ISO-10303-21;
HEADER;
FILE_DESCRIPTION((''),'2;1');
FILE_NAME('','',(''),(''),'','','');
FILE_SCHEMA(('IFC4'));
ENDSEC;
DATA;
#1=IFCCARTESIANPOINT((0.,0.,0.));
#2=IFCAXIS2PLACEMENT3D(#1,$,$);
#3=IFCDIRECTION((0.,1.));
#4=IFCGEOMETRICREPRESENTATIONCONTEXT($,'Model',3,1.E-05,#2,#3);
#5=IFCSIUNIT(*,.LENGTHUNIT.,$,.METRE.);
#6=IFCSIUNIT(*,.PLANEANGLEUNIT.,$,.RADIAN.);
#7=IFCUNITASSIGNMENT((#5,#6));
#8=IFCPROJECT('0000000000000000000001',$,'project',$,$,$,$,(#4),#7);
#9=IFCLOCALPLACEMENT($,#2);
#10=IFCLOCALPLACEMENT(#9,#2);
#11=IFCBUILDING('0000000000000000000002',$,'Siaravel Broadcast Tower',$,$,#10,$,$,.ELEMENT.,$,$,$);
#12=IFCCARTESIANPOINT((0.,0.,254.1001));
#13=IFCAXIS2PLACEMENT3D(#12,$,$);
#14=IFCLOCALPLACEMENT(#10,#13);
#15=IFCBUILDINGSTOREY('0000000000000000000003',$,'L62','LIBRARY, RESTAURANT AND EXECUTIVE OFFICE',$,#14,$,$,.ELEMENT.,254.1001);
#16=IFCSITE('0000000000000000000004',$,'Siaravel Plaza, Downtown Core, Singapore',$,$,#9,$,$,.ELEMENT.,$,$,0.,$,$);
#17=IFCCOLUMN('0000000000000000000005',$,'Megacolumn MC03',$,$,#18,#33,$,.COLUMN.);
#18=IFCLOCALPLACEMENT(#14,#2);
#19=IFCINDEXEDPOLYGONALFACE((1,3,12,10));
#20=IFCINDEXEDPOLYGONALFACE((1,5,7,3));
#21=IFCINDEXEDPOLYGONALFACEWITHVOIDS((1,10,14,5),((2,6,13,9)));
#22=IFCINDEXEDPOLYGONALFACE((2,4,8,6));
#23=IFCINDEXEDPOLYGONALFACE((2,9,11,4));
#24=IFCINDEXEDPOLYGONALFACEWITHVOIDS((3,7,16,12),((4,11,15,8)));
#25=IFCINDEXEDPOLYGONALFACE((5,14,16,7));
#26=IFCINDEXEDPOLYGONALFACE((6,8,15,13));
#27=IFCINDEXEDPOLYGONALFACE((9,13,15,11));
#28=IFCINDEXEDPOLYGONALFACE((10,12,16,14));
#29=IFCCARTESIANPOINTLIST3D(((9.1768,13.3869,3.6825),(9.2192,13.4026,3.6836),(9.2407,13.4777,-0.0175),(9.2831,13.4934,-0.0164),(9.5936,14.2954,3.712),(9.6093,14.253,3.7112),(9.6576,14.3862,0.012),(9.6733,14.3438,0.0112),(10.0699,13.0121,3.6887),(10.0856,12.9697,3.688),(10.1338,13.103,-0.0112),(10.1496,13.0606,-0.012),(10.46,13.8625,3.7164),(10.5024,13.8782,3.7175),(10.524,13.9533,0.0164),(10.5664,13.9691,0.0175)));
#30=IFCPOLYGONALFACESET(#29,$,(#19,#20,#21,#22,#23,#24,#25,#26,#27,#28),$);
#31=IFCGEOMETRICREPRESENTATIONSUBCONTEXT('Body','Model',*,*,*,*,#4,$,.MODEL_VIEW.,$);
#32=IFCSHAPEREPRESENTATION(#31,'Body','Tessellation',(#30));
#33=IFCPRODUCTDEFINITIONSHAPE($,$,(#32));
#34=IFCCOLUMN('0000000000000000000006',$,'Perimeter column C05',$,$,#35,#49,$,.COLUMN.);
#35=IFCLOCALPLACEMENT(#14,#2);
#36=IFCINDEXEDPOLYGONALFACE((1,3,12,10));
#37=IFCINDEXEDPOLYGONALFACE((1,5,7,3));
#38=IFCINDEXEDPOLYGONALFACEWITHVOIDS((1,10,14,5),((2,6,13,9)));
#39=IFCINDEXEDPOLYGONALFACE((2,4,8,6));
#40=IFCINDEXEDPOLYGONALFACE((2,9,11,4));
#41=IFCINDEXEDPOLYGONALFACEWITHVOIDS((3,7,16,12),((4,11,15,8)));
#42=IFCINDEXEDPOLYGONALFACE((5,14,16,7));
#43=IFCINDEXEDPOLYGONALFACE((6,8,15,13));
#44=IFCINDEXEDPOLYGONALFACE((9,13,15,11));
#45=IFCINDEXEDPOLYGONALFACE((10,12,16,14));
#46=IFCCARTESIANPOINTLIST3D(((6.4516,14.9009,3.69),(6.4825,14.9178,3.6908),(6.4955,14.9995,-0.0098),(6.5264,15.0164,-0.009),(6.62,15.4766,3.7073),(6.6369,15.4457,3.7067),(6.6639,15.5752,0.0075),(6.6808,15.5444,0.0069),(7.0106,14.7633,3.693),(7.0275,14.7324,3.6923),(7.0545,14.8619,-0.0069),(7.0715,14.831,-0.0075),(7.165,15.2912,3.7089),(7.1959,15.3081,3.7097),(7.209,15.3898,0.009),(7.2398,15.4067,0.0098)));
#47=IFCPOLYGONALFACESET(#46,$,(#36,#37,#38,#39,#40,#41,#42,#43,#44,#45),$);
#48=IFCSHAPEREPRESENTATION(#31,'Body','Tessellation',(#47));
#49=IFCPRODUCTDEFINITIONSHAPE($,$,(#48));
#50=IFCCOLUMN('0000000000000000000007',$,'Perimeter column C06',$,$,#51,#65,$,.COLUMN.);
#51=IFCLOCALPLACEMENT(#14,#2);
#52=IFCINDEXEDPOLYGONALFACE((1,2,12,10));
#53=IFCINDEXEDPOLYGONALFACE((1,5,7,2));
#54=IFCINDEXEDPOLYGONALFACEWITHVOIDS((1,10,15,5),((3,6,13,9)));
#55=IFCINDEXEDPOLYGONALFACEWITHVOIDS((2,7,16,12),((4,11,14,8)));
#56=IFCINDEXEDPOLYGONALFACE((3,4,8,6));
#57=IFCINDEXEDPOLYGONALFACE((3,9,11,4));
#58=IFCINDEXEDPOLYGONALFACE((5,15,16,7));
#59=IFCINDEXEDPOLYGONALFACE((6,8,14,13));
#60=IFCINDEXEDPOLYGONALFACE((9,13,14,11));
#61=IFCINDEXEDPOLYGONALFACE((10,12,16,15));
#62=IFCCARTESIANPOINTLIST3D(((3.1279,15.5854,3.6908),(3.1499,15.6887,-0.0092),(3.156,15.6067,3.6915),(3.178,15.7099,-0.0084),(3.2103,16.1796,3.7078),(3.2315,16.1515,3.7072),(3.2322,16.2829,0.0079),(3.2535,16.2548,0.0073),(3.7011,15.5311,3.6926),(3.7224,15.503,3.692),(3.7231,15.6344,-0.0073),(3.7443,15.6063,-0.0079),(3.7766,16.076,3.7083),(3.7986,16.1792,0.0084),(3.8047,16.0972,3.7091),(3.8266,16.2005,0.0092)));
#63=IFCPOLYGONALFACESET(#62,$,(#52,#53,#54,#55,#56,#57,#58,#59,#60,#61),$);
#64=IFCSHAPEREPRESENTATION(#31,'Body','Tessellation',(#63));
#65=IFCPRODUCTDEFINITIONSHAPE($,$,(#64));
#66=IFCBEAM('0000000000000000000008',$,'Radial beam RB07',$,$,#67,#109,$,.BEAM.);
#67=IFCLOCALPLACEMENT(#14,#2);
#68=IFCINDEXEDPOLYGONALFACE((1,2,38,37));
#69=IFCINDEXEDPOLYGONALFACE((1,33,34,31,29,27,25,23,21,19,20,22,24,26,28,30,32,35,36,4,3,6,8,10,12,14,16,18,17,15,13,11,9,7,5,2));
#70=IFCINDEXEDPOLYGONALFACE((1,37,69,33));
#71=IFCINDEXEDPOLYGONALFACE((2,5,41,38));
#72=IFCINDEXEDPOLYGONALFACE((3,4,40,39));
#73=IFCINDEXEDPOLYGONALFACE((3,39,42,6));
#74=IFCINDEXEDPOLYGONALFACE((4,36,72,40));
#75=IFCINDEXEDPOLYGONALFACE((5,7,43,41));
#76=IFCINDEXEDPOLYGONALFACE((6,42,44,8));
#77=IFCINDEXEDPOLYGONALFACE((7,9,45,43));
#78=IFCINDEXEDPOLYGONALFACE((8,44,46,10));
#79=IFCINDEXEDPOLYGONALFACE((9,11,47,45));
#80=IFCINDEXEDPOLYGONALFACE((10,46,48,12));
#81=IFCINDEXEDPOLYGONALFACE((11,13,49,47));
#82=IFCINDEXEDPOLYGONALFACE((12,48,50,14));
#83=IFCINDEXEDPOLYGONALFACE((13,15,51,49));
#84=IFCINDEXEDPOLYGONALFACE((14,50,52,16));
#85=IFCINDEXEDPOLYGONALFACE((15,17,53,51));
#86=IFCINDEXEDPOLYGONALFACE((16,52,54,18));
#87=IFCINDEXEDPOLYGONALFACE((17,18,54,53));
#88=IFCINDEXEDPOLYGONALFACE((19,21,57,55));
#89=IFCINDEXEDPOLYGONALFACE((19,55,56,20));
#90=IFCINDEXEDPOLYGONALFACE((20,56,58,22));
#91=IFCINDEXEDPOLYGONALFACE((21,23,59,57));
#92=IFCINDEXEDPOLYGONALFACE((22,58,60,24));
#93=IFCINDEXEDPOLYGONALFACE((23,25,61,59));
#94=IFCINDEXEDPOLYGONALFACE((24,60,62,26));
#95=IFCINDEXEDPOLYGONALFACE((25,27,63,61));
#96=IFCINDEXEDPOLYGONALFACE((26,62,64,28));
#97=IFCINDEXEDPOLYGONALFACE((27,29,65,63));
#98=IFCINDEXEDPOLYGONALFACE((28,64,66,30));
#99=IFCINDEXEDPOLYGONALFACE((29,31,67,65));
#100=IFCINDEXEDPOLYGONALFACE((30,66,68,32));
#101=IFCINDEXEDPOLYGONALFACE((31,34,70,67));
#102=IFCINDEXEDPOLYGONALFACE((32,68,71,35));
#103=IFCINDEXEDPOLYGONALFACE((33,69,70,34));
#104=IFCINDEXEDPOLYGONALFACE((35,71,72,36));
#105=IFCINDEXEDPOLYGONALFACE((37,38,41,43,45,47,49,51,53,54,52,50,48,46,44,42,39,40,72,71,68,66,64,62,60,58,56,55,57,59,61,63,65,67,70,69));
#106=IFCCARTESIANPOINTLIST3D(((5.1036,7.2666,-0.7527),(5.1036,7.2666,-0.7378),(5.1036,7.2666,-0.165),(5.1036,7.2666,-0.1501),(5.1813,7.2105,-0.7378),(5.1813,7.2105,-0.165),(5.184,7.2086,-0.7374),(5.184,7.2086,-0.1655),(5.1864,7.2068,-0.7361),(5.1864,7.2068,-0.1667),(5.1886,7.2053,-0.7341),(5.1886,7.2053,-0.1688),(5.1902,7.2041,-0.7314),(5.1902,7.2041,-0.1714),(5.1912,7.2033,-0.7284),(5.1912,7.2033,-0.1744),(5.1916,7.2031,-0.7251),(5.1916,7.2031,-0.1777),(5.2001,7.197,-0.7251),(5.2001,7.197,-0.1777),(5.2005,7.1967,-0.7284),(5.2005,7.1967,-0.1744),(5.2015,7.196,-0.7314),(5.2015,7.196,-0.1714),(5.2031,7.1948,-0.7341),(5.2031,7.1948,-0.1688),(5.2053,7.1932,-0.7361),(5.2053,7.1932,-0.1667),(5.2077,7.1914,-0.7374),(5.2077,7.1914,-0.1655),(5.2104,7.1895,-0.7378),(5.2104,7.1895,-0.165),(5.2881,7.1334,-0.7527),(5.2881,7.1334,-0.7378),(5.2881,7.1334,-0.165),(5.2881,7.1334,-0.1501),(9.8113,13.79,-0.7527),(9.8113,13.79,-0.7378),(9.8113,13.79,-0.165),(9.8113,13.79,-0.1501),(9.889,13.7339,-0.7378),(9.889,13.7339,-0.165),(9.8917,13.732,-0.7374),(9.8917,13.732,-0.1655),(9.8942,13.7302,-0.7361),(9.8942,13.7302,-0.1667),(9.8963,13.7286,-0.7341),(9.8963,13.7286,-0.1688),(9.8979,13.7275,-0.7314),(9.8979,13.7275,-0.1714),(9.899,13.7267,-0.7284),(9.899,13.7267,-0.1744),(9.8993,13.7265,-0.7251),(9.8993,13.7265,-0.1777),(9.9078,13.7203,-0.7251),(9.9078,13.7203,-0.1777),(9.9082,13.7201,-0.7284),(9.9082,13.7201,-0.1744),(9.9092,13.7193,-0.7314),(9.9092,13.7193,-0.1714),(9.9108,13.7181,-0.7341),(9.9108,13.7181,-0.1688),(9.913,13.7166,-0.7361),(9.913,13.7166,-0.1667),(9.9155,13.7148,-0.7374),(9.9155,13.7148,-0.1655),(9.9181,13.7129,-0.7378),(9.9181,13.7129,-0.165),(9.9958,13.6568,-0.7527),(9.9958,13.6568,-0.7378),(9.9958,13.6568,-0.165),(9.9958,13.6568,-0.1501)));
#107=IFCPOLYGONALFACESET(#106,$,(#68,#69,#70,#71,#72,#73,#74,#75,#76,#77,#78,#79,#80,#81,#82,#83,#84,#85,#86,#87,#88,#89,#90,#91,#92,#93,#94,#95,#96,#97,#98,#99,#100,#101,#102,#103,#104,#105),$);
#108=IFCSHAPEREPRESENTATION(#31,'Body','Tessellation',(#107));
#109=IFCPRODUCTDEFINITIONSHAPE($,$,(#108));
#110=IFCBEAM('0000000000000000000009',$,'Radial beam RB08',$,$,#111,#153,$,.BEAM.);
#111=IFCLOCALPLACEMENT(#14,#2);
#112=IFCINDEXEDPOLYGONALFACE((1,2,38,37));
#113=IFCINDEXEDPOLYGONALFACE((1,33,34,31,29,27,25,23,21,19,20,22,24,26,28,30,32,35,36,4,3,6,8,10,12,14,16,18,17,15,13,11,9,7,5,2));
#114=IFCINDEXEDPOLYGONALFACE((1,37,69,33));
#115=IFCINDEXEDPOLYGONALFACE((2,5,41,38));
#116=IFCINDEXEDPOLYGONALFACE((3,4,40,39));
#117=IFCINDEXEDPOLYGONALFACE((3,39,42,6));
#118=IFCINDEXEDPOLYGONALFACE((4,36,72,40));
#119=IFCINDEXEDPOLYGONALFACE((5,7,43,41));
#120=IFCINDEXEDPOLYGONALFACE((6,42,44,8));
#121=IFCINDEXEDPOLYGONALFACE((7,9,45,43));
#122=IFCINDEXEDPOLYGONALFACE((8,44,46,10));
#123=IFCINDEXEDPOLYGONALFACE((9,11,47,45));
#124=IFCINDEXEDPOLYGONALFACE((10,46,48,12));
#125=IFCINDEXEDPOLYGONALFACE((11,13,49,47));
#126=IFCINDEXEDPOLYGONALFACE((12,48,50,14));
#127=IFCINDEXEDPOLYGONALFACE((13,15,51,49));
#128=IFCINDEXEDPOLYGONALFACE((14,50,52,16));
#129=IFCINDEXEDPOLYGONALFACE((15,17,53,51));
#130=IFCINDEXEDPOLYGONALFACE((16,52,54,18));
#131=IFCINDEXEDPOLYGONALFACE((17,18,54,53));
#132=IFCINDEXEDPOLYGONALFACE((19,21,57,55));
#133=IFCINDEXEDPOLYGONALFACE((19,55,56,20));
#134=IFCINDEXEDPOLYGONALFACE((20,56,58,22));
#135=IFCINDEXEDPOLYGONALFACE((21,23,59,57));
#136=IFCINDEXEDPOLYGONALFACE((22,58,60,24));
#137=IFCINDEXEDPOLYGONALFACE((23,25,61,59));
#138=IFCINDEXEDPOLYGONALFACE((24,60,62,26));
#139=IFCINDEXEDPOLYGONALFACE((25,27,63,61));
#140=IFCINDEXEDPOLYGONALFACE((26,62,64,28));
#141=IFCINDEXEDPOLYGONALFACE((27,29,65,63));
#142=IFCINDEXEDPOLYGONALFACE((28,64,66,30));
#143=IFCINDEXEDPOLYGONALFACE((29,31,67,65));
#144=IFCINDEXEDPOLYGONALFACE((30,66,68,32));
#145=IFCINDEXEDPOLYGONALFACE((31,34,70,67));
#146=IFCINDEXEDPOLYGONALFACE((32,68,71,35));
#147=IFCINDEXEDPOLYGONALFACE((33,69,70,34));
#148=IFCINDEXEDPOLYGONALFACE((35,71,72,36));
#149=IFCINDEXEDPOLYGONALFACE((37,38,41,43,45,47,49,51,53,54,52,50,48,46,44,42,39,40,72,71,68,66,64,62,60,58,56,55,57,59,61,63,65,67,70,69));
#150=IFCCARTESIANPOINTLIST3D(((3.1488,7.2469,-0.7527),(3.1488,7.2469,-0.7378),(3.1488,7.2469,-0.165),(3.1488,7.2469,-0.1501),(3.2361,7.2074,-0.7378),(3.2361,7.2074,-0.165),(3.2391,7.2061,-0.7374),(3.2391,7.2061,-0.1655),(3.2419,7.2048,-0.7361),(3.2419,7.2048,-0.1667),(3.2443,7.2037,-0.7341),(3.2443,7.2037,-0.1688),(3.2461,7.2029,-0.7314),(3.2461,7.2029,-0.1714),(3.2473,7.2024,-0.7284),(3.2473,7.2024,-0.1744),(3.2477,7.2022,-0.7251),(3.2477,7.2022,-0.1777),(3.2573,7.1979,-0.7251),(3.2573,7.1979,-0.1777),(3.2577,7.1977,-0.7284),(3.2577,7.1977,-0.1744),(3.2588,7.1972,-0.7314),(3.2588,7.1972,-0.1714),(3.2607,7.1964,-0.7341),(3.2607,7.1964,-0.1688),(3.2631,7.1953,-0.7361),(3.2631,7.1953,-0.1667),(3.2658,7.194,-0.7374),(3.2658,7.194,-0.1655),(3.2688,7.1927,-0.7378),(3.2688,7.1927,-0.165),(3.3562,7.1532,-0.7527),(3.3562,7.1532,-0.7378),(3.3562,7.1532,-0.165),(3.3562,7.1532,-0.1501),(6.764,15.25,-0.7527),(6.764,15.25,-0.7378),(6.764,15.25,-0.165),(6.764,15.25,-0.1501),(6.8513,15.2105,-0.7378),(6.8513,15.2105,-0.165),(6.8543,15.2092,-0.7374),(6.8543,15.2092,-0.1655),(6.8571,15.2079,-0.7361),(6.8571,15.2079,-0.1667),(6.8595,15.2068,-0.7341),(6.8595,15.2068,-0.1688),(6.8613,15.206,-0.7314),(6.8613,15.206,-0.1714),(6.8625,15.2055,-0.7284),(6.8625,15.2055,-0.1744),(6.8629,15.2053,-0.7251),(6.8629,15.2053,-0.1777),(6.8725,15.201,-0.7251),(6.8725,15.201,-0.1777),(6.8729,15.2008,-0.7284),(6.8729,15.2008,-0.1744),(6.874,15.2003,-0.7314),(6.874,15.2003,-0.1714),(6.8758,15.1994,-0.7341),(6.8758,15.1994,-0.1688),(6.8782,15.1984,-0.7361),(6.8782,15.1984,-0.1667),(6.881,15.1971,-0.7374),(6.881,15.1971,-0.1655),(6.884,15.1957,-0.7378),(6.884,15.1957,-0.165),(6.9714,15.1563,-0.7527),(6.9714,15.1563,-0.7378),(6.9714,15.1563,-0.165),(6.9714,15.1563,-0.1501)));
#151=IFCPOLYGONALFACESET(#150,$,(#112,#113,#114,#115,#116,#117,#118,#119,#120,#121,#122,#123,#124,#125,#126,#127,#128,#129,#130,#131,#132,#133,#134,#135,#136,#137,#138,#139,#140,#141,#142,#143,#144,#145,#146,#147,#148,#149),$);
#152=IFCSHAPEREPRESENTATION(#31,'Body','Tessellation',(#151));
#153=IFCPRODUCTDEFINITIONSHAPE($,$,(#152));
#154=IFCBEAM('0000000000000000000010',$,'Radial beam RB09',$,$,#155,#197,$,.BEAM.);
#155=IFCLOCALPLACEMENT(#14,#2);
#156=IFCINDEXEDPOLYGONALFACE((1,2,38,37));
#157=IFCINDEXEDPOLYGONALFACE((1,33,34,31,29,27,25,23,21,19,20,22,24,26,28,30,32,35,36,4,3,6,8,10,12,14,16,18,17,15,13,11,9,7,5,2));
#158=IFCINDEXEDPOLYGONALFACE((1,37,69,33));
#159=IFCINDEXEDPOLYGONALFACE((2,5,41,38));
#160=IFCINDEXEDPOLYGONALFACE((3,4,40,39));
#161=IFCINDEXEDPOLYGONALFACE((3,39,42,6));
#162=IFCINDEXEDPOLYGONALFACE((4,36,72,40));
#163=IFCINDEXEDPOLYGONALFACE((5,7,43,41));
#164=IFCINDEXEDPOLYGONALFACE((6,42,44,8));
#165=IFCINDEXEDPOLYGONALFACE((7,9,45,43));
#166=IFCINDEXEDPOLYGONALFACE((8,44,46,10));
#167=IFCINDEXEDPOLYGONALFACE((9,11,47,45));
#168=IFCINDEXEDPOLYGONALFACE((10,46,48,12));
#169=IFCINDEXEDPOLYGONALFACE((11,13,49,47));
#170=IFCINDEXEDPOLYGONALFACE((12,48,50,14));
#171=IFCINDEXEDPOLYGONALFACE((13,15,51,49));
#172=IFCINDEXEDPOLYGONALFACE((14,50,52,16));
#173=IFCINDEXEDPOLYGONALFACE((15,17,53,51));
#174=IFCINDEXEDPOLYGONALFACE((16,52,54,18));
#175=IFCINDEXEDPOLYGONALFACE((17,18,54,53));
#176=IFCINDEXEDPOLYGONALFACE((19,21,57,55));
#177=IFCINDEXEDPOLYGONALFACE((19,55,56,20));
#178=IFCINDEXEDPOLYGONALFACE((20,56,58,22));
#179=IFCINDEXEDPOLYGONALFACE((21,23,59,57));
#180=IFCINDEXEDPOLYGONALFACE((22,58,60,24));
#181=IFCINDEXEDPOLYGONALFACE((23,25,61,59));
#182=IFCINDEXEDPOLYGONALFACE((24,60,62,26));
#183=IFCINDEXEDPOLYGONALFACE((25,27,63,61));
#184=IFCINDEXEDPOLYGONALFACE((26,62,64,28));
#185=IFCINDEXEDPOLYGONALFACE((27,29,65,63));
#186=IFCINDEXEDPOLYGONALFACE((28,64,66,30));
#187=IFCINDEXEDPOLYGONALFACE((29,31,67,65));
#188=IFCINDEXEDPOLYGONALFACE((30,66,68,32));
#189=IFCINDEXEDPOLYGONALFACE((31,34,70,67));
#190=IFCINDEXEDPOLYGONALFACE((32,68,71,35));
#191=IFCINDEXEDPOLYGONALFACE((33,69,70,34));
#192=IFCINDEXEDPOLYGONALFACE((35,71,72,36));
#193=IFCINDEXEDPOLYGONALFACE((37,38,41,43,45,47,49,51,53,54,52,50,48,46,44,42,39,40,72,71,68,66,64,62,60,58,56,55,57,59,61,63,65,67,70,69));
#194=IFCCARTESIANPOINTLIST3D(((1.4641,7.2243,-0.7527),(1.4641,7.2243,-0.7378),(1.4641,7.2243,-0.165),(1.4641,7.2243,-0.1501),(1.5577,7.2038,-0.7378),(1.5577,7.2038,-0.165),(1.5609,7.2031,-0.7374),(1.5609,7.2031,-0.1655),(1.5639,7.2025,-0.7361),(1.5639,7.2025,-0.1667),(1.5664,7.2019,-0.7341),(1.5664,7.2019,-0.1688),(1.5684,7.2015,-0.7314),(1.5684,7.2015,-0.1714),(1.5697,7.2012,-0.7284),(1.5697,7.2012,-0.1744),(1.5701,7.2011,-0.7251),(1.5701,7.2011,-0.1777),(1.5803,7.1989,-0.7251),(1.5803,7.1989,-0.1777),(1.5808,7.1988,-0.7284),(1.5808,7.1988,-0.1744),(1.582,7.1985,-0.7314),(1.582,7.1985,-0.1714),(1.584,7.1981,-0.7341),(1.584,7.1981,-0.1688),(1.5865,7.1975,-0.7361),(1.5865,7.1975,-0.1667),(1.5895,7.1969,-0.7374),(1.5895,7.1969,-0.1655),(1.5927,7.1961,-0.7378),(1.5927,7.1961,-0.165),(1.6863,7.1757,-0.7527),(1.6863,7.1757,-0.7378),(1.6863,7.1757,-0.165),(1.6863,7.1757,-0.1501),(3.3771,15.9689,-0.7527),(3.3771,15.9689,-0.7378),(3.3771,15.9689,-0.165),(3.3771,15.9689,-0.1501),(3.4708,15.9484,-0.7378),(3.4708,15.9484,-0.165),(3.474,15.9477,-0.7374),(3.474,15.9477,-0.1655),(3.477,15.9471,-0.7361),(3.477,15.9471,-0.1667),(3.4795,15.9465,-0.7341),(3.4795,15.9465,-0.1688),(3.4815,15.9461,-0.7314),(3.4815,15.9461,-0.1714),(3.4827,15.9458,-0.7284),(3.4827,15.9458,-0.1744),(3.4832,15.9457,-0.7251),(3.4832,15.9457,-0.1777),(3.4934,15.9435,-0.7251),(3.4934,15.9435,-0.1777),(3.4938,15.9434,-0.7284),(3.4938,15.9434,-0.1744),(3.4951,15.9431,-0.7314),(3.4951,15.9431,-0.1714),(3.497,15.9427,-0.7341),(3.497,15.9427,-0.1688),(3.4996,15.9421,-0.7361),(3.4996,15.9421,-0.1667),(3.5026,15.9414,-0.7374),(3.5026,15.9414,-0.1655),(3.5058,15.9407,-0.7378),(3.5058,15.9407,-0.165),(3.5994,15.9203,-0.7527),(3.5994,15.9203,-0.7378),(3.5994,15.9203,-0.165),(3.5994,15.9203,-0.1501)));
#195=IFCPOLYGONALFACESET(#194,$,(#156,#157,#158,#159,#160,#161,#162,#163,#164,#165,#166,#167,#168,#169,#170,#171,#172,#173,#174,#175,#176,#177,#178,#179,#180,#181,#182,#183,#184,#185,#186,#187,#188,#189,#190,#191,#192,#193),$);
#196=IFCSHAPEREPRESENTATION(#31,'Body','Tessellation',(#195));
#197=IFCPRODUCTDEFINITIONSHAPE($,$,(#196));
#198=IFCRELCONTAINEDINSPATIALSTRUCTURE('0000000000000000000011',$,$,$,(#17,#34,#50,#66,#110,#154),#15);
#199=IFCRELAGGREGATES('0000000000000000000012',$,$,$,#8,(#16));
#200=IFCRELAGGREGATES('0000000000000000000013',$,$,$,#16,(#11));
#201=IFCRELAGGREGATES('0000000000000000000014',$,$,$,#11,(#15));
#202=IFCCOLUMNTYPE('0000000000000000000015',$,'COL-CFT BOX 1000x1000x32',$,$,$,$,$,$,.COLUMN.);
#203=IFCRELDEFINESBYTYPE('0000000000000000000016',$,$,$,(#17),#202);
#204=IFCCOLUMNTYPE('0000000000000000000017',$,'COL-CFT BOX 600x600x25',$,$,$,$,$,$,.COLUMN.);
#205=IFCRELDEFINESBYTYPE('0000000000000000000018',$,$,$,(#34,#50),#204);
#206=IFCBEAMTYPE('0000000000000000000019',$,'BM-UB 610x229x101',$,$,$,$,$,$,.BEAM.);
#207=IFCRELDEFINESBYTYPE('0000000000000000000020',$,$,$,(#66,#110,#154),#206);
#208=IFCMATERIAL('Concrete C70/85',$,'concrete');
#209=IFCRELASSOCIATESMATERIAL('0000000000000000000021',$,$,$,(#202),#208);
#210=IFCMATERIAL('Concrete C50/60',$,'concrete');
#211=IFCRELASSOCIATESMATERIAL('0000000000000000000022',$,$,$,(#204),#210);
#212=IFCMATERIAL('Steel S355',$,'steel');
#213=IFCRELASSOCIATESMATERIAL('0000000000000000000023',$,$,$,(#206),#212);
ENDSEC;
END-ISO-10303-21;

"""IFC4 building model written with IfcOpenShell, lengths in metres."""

from ifc_helpers import new_model, si_unit, direction, frame, origin, origin_2d, place, context, subcontext, project, spatial, hollow_rectangle, i_section, extrude, material, material_profile, profile_set, type_object, element, save


model = new_model("IFC4")

# Units and contexts
model_context = context("Model", 3, precision=1e-05, world=origin(), true_north=direction((0.0, 1.0)))
body_context = subcontext(model_context, "Body", "Model", "MODEL_VIEW")
ifc_project = project(units=[si_unit("LENGTHUNIT", "METRE"), si_unit("PLANEANGLEUNIT", "RADIAN")], contexts=[model_context])

# Site, building, storey
site_placement = place(None, origin())
site = spatial("IfcSite", under=ifc_project, at=site_placement, Name="Siaravel Plaza, Downtown Core, Singapore", CompositionType="ELEMENT", RefElevation=0.0)
building_placement = place(site_placement, origin())
building = spatial("IfcBuilding", under=site, at=building_placement, Name="Siaravel Broadcast Tower", CompositionType="ELEMENT")
storey_placement = place(building_placement, frame((0.0, 0.0, 254.1001)))
storey = spatial("IfcBuildingStorey", under=building, at=storey_placement, Name="L62", Description="LIBRARY, RESTAURANT AND EXECUTIVE OFFICE", CompositionType="ELEMENT", Elevation=254.1001)

# Columns
ifc_material_1 = material(Name="Concrete C70/85", Category="concrete")
ifc_material_profile_1 = material_profile(ifc_material_1, hollow_rectangle(XDim=1.0, YDim=1.0, WallThickness=0.032, at=origin_2d()))
ifc_profile_set_1 = profile_set([ifc_material_profile_1], Name="Concrete C70/85")
column_type_1 = type_object("IfcColumnType", Name="COL-CFT BOX 1000x1000x32", PredefinedType="COLUMN", material=ifc_profile_set_1)
column_placement = place(storey_placement, frame((9.9036, 13.7234, 0.0), z_axis=(-0.01728, -0.024535, 0.99955), x_axis=(0.908817, -0.417158, 0.005472)))
element("IfcColumn", 1, at=column_placement, inside=storey, type_object=column_type_1, Name="Megacolumn MC03", PredefinedType="COLUMN", context=body_context, shape_type="SweptSolid", body=[
    extrude(hollow_rectangle(XDim=1.0, YDim=1.0, WallThickness=0.032, at=origin_2d()), origin(), (0.0, 0.0, 1.0), 3.7017),
])
ifc_material_2 = material(Name="Concrete C50/60", Category="concrete")
ifc_material_profile_2 = material_profile(ifc_material_2, hollow_rectangle(XDim=0.6001, YDim=0.6001, WallThickness=0.0249, at=origin_2d()))
ifc_profile_set_2 = profile_set([ifc_material_profile_2], Name="Concrete C50/60")
column_type_2 = type_object("IfcColumnType", Name="COL-CFT BOX 600x600x25", PredefinedType="COLUMN", material=ifc_profile_set_2)
for number, where, z_axis, x_axis, name in (
    (2, (6.8677, 15.2031, 0.0), (-0.011872, -0.026647, 0.999574), (0.959752, -0.280821, 0.003913), "Perimeter column C05"),
    (3, (3.4883, 15.9446, 0.0), (-0.005936, -0.0279, 0.999593), (0.990529, -0.137291, 0.00205), "Perimeter column C06"),
):
    element("IfcColumn", number, at=place(storey_placement, frame(where, z_axis=z_axis, x_axis=x_axis)), inside=storey, type_object=column_type_2, Name=name, PredefinedType="COLUMN", context=body_context, shape_type="SweptSolid", body=[
        extrude(hollow_rectangle(XDim=0.6001, YDim=0.6001, WallThickness=0.0249, at=origin_2d()), origin(), (0.0, 0.0, 1.0), 3.7014),
    ])

# Beams
ifc_material_3 = material(Name="Steel S355", Category="steel")
ifc_material_profile_3 = material_profile(ifc_material_3, i_section(OverallWidth=0.2275, OverallDepth=0.6025, WebThickness=0.0105, FlangeThickness=0.0149, FilletRadius=0.0127, at=origin_2d()))
ifc_profile_set_3 = profile_set([ifc_material_profile_3], Name="Steel S355")
beam_type = type_object("IfcBeamType", Name="BM-UB 610x229x101", PredefinedType="BEAM", material=ifc_profile_set_3)
beam_1_placement = place(storey_placement, frame((9.9036, 13.7234, -0.4514), z_axis=(-0.585196, -0.810892, 0.0), x_axis=(0.810892, -0.585196, 0.0)))
element("IfcBeam", 4, at=beam_1_placement, inside=storey, type_object=beam_type, Name="Radial beam RB07", PredefinedType="BEAM", context=body_context, shape_type="SweptSolid", body=[
    extrude(i_section(OverallWidth=0.2275, OverallDepth=0.6025, WebThickness=0.0105, FlangeThickness=0.0149, FilletRadius=0.0127, at=origin_2d()), origin(), (0.0, 0.0, 1.0), 8.0447),
])
beam_2_placement = place(storey_placement, frame((6.8677, 15.2031, -0.4514), z_axis=(-0.411672, -0.911332, 0.0), x_axis=(0.911332, -0.411672, 0.0)))
element("IfcBeam", 5, at=beam_2_placement, inside=storey, type_object=beam_type, Name="Radial beam RB08", PredefinedType="BEAM", context=body_context, shape_type="SweptSolid", body=[
    extrude(i_section(OverallWidth=0.2275, OverallDepth=0.6025, WebThickness=0.0105, FlangeThickness=0.0149, FilletRadius=0.0127, at=origin_2d()), origin(), (0.0, 0.0, 1.0), 8.7817),
])
beam_3_placement = place(storey_placement, frame((3.4883, 15.9446, -0.4514), z_axis=(-0.213718, -0.976895, 0.0), x_axis=(0.976895, -0.213718, 0.0)))
element("IfcBeam", 6, at=beam_3_placement, inside=storey, type_object=beam_type, Name="Radial beam RB09", PredefinedType="BEAM", context=body_context, shape_type="SweptSolid", body=[
    extrude(i_section(OverallWidth=0.2275, OverallDepth=0.6025, WebThickness=0.0105, FlangeThickness=0.0149, FilletRadius=0.0127, at=origin_2d()), origin(), (0.0, 0.0, 1.0), 8.9514),
])

save(model, "model.ifc")
